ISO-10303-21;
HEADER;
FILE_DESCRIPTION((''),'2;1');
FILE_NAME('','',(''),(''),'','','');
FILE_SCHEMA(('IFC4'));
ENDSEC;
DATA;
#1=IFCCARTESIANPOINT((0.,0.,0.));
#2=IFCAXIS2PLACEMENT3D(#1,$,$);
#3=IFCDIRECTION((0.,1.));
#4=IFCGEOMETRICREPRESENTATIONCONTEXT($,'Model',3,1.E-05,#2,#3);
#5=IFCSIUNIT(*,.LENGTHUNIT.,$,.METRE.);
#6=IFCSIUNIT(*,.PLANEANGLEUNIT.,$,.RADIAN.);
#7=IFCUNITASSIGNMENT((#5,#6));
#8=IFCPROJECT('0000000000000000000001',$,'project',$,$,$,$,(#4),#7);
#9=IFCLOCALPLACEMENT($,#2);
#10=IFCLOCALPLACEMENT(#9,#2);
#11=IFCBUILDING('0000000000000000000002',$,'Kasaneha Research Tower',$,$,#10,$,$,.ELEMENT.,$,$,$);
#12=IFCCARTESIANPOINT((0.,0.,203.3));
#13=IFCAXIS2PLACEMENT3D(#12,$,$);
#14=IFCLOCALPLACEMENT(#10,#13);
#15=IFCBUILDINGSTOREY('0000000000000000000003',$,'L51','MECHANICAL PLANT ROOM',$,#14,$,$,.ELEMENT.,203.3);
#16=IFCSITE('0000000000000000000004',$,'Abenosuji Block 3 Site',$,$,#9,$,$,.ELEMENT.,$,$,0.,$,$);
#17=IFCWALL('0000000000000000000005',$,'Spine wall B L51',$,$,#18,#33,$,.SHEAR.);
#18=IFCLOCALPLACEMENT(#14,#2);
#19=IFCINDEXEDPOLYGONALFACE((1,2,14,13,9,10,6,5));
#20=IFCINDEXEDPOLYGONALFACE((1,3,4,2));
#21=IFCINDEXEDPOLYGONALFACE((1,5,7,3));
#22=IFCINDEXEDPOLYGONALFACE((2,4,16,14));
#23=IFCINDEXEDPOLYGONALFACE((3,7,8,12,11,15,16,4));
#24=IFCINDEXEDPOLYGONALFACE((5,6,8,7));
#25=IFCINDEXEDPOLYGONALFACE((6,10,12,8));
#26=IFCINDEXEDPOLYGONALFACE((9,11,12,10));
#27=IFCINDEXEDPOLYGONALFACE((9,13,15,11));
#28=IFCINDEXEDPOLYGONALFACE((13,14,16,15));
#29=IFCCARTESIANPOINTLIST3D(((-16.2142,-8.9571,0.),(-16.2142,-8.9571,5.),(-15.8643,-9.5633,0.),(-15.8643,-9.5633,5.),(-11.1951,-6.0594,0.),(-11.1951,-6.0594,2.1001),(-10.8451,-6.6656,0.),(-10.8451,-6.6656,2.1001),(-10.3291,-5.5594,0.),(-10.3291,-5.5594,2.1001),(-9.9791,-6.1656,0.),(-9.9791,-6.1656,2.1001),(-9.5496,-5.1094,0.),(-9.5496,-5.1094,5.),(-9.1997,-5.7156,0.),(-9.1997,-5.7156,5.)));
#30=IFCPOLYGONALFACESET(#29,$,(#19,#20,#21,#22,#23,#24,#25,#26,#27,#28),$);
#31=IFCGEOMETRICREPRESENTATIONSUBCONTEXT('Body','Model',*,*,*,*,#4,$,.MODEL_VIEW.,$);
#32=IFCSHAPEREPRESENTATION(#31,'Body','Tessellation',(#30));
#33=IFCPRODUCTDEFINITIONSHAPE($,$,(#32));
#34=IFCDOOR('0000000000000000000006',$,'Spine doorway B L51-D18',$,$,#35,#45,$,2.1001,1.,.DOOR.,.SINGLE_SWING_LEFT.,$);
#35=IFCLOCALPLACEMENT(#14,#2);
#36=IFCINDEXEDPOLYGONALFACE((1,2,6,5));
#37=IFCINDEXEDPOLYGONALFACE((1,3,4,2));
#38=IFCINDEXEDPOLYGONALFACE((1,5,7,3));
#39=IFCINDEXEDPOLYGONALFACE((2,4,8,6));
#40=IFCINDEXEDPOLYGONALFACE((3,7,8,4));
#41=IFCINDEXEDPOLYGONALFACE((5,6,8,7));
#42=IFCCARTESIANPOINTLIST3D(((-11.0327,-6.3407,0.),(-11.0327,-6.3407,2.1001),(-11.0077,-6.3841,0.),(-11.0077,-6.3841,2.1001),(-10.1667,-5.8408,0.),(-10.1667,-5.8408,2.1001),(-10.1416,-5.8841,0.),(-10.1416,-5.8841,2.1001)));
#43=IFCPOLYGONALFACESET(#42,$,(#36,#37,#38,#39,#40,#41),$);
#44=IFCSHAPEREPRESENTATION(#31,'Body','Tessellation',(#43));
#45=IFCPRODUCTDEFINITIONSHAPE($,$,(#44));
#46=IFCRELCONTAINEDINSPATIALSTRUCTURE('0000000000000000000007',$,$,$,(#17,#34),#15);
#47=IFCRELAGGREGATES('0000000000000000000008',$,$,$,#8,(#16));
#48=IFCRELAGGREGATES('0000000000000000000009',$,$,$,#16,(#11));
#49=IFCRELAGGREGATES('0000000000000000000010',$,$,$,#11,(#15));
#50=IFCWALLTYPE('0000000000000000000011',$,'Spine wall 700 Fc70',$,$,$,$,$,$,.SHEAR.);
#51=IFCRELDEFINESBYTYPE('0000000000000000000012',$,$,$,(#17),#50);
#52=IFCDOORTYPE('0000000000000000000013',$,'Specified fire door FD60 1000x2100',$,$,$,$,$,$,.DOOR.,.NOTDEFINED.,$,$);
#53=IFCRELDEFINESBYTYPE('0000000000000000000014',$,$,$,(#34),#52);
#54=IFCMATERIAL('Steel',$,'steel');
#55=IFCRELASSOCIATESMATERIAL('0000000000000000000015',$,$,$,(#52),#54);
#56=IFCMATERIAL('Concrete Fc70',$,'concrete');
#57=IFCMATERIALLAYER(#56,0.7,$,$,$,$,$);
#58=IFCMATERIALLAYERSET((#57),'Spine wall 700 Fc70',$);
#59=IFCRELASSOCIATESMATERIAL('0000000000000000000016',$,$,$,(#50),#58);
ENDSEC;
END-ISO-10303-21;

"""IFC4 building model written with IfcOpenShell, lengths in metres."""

from ifc_helpers import new_model, si_unit, direction, frame, frame_2d, origin, place, context, subcontext, project, spatial, rectangle, extrude, material, layer, layer_set, type_object, element, fill, save


model = new_model("IFC4")

# Units and contexts
model_context = context("Model", 3, precision=1e-05, world=origin(), true_north=direction((0.0, 1.0)))
body_context = subcontext(model_context, "Body", "Model", "MODEL_VIEW")
ifc_project = project(units=[si_unit("LENGTHUNIT", "METRE"), si_unit("PLANEANGLEUNIT", "RADIAN")], contexts=[model_context])

# Site, building, storey
site_placement = place(None, origin())
site = spatial("IfcSite", under=ifc_project, at=site_placement, Name="Abenosuji Block 3 Site", CompositionType="ELEMENT", RefElevation=0.0)
building_placement = place(site_placement, origin())
building = spatial("IfcBuilding", under=site, at=building_placement, Name="Kasaneha Research Tower", CompositionType="ELEMENT")
storey_placement = place(building_placement, frame((0.0, 0.0, 203.3)))
storey = spatial("IfcBuildingStorey", under=building, at=storey_placement, Name="L51", Description="MECHANICAL PLANT ROOM", CompositionType="ELEMENT", Elevation=203.3)

# Shared definitions
ifc_material_1 = material(Name="Steel", Category="steel")
door_type_1 = type_object("IfcDoorType", Name="Specified fire door FD60 1000x2100", OperationType="NOTDEFINED", PredefinedType="DOOR", material=ifc_material_1)

# Wall, opening, door
ifc_material_2 = material(Name="Concrete Fc70", Category="concrete")
ifc_layer_1 = layer(ifc_material_2, 0.7)
ifc_layer_set_1 = layer_set([ifc_layer_1], Name="Spine wall 700 Fc70")
wall_type_1 = type_object("IfcWallType", Name="Spine wall 700 Fc70", PredefinedType="SHEAR", material=ifc_layer_set_1)
wall_1_placement = place(storey_placement, frame((-9.3748, -5.4126, 0.0), z_axis=(0.0, 0.0, 1.0), x_axis=(-0.866032, -0.499988, 0.0)))
wall_1 = element("IfcWall", 1, at=wall_1_placement, inside=storey, type_object=wall_type_1, Name="Spine wall B L51", PredefinedType="SHEAR", context=body_context, shape_type="SweptSolid", body=[
    extrude(rectangle(XDim=7.6956, YDim=0.7, at=frame_2d((3.8477, 0.0))), origin(), (0.0, 0.0, 1.0), 5.0),
])
opening_1_placement = place(wall_1_placement, frame((0.8999, 0.0, 0.0)))
opening_1 = element("IfcOpeningElement", 2, at=opening_1_placement, cuts=wall_1, PredefinedType="OPENING", context=body_context, shape_type="SweptSolid", body=[
    extrude(rectangle(XDim=1.0, YDim=2.1001, at=frame_2d((0.5, 1.05))), frame((0.0, 0.3599, 0.0), z_axis=(0.0, -1.0, 0.0), x_axis=(1.0, 0.0, 0.0)), (0.0, 0.0, 1.0), 0.72),
])
door_1_placement = place(opening_1_placement, origin())
door_1 = element("IfcDoor", 3, at=door_1_placement, inside=storey, type_object=door_type_1, Name="Spine doorway B L51-D18", OperationType="SINGLE_SWING_LEFT", OverallHeight=2.1001, OverallWidth=1.0, PredefinedType="DOOR", context=body_context, shape_type="SweptSolid", body=[
    extrude(rectangle(XDim=1.0, YDim=2.1001, at=frame_2d((0.5, 1.05))), frame((0.0, 0.0249, 0.0), z_axis=(0.0, -1.0, 0.0), x_axis=(1.0, 0.0, 0.0)), (0.0, 0.0, 1.0), 0.05),
])
fill(opening_1, door_1)

save(model, "model.ifc")
